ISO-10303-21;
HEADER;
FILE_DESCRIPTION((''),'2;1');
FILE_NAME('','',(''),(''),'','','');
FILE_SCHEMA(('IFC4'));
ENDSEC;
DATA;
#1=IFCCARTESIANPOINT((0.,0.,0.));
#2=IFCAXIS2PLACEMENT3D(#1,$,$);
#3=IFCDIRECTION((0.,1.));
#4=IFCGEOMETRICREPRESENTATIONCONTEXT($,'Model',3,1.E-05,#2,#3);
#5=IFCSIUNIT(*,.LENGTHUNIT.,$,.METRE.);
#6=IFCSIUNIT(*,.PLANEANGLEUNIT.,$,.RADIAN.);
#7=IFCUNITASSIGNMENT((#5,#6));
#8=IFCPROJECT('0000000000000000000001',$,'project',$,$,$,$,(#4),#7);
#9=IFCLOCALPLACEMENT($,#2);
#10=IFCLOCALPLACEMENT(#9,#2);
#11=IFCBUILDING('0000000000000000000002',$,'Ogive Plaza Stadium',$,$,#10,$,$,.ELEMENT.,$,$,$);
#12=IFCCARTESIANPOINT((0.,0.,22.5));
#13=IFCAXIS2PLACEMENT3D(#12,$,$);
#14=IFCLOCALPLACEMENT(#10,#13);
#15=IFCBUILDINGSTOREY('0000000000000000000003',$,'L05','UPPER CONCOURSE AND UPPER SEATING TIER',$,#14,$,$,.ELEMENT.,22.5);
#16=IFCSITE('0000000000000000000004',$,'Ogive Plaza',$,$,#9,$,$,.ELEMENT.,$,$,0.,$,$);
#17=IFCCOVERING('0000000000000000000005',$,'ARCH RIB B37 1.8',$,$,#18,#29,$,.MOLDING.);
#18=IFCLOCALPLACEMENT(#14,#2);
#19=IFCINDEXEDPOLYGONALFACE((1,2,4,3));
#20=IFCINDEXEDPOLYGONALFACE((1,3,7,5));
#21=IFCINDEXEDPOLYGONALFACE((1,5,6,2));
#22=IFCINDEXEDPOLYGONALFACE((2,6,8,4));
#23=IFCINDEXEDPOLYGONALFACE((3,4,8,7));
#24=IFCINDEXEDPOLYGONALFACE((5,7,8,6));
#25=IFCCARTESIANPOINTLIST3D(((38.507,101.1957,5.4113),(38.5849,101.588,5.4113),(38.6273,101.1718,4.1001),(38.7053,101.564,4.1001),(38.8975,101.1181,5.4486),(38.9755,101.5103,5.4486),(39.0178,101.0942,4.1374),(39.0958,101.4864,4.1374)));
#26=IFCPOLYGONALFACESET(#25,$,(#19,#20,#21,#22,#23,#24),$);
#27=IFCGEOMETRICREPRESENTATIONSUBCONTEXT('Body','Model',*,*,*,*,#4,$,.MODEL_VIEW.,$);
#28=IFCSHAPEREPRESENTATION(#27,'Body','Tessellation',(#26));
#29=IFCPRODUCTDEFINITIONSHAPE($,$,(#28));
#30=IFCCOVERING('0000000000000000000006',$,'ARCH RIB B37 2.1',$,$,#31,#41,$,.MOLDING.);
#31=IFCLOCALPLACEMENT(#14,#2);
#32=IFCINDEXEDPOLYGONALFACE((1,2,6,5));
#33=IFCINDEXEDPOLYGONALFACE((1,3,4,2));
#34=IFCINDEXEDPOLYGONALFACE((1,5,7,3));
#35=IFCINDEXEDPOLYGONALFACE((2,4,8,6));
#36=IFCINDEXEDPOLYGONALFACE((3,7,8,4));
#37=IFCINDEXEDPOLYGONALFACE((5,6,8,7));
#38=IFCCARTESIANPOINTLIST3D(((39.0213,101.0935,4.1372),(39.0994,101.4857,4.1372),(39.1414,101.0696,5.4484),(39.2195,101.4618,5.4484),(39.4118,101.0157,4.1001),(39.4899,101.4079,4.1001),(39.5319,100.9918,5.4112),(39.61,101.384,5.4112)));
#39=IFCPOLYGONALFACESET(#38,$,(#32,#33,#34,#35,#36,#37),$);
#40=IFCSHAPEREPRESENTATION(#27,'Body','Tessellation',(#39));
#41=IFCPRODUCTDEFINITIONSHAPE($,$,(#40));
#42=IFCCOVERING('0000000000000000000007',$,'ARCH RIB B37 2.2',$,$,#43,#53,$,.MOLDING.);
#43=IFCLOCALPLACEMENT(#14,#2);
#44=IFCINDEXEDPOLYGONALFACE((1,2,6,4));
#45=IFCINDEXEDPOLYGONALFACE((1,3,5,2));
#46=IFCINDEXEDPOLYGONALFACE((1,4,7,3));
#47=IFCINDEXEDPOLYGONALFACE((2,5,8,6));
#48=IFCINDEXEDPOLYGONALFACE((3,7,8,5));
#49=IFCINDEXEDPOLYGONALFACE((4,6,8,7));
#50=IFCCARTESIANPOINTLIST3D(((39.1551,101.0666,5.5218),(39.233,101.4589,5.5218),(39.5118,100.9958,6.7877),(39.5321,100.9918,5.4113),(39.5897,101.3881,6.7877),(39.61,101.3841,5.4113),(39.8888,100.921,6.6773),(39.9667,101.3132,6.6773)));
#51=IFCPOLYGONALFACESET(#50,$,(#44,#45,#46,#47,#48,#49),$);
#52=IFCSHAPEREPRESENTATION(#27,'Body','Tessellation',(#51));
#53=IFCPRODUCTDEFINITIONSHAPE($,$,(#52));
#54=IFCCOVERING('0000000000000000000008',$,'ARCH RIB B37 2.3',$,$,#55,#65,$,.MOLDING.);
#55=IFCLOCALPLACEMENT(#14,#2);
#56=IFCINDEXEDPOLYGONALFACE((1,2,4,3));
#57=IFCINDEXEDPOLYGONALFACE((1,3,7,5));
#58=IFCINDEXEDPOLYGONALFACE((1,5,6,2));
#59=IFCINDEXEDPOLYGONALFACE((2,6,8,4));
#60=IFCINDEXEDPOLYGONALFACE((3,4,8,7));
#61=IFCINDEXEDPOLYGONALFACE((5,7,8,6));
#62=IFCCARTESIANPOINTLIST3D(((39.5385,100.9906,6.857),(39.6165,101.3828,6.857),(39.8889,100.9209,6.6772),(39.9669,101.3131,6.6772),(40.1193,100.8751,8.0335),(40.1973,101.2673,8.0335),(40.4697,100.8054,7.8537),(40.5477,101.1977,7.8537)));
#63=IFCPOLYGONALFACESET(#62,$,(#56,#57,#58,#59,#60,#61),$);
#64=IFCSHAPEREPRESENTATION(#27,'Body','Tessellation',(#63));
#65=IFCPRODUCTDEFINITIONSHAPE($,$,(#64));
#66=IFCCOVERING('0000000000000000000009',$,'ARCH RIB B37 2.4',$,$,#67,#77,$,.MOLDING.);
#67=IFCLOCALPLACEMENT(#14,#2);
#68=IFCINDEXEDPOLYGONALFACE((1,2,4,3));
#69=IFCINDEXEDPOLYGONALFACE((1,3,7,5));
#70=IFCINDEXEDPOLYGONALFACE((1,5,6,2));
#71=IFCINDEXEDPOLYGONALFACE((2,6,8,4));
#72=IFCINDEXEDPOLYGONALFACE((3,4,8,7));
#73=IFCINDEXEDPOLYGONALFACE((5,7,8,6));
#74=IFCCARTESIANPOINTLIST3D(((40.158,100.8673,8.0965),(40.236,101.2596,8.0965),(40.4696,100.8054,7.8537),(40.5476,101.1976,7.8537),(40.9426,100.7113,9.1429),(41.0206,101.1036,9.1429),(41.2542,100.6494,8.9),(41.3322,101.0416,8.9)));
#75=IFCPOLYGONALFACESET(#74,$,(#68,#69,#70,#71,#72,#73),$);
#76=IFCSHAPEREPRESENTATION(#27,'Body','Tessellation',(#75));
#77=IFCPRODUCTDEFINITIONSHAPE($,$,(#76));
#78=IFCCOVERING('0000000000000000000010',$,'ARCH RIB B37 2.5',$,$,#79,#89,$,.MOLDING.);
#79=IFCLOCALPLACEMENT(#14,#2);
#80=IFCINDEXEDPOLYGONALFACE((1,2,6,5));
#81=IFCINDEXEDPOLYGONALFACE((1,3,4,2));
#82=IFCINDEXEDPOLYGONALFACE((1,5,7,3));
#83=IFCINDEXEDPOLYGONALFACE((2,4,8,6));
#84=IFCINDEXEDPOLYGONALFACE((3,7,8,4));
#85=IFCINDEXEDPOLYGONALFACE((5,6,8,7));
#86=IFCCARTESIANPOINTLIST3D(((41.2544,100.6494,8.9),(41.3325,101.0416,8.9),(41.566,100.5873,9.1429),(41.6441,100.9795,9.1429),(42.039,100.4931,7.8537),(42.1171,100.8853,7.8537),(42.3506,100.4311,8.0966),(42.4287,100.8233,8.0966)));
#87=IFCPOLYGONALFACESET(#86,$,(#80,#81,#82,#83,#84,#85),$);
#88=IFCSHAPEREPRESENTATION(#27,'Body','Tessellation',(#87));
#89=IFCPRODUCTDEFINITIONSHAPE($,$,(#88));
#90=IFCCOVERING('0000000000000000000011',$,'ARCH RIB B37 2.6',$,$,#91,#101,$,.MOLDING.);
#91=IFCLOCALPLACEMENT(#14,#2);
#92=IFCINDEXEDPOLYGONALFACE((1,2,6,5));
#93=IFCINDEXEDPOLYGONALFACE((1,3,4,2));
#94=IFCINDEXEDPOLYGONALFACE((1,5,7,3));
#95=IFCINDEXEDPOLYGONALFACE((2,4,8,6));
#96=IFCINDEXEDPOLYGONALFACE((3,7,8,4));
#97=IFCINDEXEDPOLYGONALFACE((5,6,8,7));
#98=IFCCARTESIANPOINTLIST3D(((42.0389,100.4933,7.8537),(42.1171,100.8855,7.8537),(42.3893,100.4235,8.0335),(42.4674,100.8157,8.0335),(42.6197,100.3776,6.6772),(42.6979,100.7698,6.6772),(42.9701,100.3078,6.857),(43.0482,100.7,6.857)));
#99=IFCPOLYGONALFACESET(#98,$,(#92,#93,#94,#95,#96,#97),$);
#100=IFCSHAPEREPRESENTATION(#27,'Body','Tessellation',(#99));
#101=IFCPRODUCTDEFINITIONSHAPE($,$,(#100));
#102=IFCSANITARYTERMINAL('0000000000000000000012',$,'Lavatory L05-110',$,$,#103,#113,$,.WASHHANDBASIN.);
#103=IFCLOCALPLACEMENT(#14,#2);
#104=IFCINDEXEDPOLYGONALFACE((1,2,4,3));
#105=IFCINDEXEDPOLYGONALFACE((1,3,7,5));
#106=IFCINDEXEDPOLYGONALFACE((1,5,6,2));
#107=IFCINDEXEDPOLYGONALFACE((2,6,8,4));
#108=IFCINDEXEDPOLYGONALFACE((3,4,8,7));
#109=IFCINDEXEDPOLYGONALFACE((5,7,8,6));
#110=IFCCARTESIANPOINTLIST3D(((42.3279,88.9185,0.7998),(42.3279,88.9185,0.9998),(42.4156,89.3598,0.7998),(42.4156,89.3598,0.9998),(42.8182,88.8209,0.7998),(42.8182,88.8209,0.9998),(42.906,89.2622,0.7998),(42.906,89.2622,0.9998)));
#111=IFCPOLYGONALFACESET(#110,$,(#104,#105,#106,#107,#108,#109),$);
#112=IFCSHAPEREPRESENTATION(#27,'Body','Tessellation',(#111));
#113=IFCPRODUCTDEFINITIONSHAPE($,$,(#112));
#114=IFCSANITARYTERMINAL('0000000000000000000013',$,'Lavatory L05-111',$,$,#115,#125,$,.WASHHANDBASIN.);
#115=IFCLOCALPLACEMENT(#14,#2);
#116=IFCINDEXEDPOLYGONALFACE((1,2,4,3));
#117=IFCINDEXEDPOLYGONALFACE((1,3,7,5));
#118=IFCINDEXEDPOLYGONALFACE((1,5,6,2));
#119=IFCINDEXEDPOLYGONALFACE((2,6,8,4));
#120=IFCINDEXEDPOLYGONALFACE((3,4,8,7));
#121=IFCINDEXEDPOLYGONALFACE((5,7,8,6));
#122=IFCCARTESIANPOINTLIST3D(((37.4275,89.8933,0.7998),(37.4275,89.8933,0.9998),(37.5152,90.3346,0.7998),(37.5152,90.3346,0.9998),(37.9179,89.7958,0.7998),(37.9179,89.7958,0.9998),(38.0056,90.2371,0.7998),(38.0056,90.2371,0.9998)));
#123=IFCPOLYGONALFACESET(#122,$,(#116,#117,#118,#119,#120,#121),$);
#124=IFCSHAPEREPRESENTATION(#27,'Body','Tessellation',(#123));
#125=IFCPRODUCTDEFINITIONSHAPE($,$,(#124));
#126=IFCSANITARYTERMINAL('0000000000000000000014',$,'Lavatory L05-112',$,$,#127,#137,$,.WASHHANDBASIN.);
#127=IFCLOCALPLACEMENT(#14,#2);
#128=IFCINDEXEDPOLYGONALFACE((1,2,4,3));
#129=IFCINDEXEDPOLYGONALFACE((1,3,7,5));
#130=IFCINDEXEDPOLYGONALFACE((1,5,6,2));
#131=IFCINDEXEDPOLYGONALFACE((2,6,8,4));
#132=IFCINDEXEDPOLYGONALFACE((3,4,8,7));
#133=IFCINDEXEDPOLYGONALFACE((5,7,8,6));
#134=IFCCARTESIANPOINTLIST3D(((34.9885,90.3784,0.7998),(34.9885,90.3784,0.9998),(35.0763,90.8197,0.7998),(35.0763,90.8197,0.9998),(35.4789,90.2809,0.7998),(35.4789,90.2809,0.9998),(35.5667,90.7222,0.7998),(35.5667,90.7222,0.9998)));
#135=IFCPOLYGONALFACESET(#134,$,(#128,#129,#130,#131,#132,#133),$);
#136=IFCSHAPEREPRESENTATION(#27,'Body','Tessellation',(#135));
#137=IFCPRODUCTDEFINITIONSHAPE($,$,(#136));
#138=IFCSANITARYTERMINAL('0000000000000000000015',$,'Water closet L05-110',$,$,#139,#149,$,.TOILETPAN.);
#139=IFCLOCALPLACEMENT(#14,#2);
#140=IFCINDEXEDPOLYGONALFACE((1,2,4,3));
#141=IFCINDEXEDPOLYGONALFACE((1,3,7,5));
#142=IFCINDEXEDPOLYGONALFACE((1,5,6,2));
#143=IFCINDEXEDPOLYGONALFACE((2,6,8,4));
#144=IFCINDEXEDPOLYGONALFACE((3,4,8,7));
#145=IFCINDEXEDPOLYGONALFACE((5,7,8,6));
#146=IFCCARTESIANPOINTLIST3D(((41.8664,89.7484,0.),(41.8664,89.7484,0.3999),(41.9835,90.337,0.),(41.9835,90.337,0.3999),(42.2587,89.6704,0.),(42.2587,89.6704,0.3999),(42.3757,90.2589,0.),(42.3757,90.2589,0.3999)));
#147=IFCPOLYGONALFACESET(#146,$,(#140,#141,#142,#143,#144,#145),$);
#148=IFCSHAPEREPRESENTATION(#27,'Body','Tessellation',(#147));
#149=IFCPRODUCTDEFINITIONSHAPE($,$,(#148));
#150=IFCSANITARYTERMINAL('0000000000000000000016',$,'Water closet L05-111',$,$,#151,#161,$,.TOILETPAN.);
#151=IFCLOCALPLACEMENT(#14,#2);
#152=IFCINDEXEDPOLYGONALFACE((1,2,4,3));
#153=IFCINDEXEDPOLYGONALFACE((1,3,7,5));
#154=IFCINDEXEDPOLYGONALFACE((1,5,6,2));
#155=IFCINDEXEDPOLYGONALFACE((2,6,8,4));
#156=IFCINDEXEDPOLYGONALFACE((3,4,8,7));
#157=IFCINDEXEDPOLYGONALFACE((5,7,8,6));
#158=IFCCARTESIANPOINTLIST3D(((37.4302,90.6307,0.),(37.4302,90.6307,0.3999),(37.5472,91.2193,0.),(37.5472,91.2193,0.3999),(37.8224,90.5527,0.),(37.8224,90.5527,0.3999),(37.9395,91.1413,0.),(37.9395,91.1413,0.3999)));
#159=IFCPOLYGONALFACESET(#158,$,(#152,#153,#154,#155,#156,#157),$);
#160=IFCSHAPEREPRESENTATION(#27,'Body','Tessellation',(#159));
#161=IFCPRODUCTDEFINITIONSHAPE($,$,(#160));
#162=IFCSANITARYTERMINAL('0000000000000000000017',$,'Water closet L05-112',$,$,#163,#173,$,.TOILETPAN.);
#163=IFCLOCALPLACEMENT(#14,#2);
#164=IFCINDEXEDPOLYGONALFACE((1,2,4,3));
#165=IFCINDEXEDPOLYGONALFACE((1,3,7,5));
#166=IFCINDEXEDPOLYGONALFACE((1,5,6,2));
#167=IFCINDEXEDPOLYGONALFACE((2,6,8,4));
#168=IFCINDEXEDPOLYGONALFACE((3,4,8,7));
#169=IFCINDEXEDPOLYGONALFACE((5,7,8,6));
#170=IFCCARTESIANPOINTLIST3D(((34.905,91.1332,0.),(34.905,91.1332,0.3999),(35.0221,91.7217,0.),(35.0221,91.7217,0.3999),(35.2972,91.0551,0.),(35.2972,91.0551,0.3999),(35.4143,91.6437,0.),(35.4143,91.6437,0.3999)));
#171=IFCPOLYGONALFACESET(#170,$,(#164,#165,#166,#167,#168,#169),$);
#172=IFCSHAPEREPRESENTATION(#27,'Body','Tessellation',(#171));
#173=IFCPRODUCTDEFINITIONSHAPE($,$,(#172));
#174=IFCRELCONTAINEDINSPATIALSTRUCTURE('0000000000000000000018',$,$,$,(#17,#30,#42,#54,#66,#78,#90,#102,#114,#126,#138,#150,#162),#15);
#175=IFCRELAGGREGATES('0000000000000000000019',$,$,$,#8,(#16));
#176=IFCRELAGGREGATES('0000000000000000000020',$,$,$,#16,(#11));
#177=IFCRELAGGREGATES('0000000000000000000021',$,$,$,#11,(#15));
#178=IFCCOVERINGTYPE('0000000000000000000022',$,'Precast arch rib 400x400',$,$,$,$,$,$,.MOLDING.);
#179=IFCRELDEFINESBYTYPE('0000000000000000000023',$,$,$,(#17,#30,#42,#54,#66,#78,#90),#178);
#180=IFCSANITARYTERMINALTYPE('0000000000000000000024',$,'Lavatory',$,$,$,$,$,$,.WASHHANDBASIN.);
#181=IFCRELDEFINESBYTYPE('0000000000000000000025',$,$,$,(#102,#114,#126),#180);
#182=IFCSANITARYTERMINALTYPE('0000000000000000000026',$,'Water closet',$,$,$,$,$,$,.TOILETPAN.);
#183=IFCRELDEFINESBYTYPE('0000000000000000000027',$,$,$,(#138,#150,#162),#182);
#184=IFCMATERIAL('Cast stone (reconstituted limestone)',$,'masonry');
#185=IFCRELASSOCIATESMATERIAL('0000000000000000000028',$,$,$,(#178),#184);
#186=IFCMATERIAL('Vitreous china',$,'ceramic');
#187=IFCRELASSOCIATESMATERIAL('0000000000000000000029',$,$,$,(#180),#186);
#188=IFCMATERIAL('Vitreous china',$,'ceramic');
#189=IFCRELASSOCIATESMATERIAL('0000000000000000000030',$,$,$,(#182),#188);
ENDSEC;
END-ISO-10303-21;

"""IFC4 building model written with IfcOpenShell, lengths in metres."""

from ifc_helpers import new_model, si_unit, direction, frame, origin, origin_2d, place, context, subcontext, project, spatial, rectangle, extrude, material, material_profile, profile_set, type_object, element, save


model = new_model("IFC4")

# Units and contexts
model_context = context("Model", 3, precision=1e-05, world=origin(), true_north=direction((0.0, 1.0)))
body_context = subcontext(model_context, "Body", "Model", "MODEL_VIEW")
ifc_project = project(units=[si_unit("LENGTHUNIT", "METRE"), si_unit("PLANEANGLEUNIT", "RADIAN")], contexts=[model_context])

# Site, building, storey
site_placement = place(None, origin())
site = spatial("IfcSite", under=ifc_project, at=site_placement, Name="Ogive Plaza", CompositionType="ELEMENT", RefElevation=0.0)
building_placement = place(site_placement, origin())
building = spatial("IfcBuilding", under=site, at=building_placement, Name="Ogive Plaza Stadium", CompositionType="ELEMENT")
storey_placement = place(building_placement, frame((0.0, 0.0, 22.5)))
storey = spatial("IfcBuildingStorey", under=building, at=storey_placement, Name="L05", Description="UPPER CONCOURSE AND UPPER SEATING TIER", CompositionType="ELEMENT", Elevation=22.5)

# Coverings
ifc_material_1 = material(Name="Cast stone (reconstituted limestone)", Category="masonry")
ifc_material_profile_1 = material_profile(ifc_material_1, rectangle(XDim=0.3999, YDim=0.3999, at=origin_2d()), Name="Cast stone 400x400")
ifc_profile_set_1 = profile_set([ifc_material_profile_1], Name="Cast stone (reconstituted limestone)")
covering_type = type_object("IfcCoveringType", Name="Precast arch rib 400x400", PredefinedType="MOLDING", material=ifc_profile_set_1)
for number, where, z_axis, x_axis, name in (
    (1, (38.7412, 101.353, 5.4299), (0.09139, -0.018167, -0.995649), (0.194968, 0.98081, 0.0), "ARCH RIB B37 1.8"),
    (2, (39.2556, 101.2507, 4.1187), (0.091206, -0.018167, 0.995666), (0.195349, 0.980734, 0.0), "ARCH RIB B37 2.1"),
):
    element("IfcCovering", number, at=place(storey_placement, frame(where, z_axis=z_axis, x_axis=x_axis)), inside=storey, type_object=covering_type, Name=name, PredefinedType="MOLDING", context=body_context, shape_type="SweptSolid", body=[
        extrude(rectangle(XDim=0.3999, YDim=0.3999, at=origin_2d()), origin(), (0.0, 0.0, 1.0), 1.3169),
    ])
for number, where, z_axis, x_axis, name in (
    (3, (39.3826, 101.2253, 5.4666), (0.270821, -0.053756, 0.961128), (0.194696, 0.980864, 0.0), "ARCH RIB B37 2.2"),
    (4, (39.7527, 101.1519, 6.7671), (0.440963, -0.087674, 0.893233), (0.195006, 0.980802, 0.0), "ARCH RIB B37 2.3"),
    (5, (40.3528, 101.0325, 7.9751), (0.595717, -0.118439, 0.794414), (0.195001, 0.980803, 0.0), "ARCH RIB B37 2.4"),
    (6, (41.4492, 100.8145, 9.0215), (0.595704, -0.118622, -0.794396), (0.195295, 0.980745, 0.0), "ARCH RIB B37 2.5"),
    (7, (42.2532, 100.6545, 7.9436), (0.440956, -0.087858, -0.893218), (0.195403, 0.980723, 0.0), "ARCH RIB B37 2.6"),
):
    element("IfcCovering", number, at=place(storey_placement, frame(where, z_axis=z_axis, x_axis=x_axis)), inside=storey, type_object=covering_type, Name=name, PredefinedType="MOLDING", context=body_context, shape_type="SweptSolid", body=[
        extrude(rectangle(XDim=0.3999, YDim=0.3999, at=origin_2d()), origin(), (0.0, 0.0, 1.0), 1.3171),
    ])

# Sanitary terminals
ifc_material_2 = material(Name="Vitreous china", Category="ceramic")
sanitary_terminal_type_1 = type_object("IfcSanitaryTerminalType", Name="Lavatory", PredefinedType="WASHHANDBASIN", material=ifc_material_2)
for number, where, z_axis, x_axis, name in (
    (8, (42.6169, 89.0903, 0.7998), (0.0, 0.0, 1.0), (-0.980785, 0.19509, 0.0), "Lavatory L05-110"),
    (9, (37.7166, 90.0652, 0.7998), (0.0, 0.0, 1.0), (0.980785, -0.19509, 0.0), "Lavatory L05-111"),
    (10, (35.2776, 90.5503, 0.7998), (0.0, 0.0, 1.0), (0.980785, -0.19509, 0.0), "Lavatory L05-112"),
):
    element("IfcSanitaryTerminal", number, at=place(storey_placement, frame(where, z_axis=z_axis, x_axis=x_axis)), inside=storey, type_object=sanitary_terminal_type_1, Name=name, PredefinedType="WASHHANDBASIN", context=body_context, shape_type="SweptSolid", body=[
        extrude(rectangle(XDim=0.5, YDim=0.45, at=origin_2d()), origin(), (0.0, 0.0, 1.0), 0.2),
    ])
ifc_material_3 = material(Name="Vitreous china", Category="ceramic")
sanitary_terminal_type_2 = type_object("IfcSanitaryTerminalType", Name="Water closet", PredefinedType="TOILETPAN", material=ifc_material_3)
for number, where, z_axis, x_axis, name in (
    (11, (42.1211, 90.0037, 0.0), (0.0, 0.0, 1.0), (-0.980785, 0.19509, 0.0), "Water closet L05-110"),
    (12, (37.6848, 90.886, 0.0), (0.0, 0.0, 1.0), (0.980785, -0.19509, 0.0), "Water closet L05-111"),
    (13, (35.1597, 91.3884, 0.0), (0.0, 0.0, 1.0), (0.980785, -0.19509, 0.0), "Water closet L05-112"),
):
    element("IfcSanitaryTerminal", number, at=place(storey_placement, frame(where, z_axis=z_axis, x_axis=x_axis)), inside=storey, type_object=sanitary_terminal_type_2, Name=name, PredefinedType="TOILETPAN", context=body_context, shape_type="SweptSolid", body=[
        extrude(rectangle(XDim=0.3999, YDim=0.6001, at=origin_2d()), origin(), (0.0, 0.0, 1.0), 0.3999),
    ])

save(model, "model.ifc")
